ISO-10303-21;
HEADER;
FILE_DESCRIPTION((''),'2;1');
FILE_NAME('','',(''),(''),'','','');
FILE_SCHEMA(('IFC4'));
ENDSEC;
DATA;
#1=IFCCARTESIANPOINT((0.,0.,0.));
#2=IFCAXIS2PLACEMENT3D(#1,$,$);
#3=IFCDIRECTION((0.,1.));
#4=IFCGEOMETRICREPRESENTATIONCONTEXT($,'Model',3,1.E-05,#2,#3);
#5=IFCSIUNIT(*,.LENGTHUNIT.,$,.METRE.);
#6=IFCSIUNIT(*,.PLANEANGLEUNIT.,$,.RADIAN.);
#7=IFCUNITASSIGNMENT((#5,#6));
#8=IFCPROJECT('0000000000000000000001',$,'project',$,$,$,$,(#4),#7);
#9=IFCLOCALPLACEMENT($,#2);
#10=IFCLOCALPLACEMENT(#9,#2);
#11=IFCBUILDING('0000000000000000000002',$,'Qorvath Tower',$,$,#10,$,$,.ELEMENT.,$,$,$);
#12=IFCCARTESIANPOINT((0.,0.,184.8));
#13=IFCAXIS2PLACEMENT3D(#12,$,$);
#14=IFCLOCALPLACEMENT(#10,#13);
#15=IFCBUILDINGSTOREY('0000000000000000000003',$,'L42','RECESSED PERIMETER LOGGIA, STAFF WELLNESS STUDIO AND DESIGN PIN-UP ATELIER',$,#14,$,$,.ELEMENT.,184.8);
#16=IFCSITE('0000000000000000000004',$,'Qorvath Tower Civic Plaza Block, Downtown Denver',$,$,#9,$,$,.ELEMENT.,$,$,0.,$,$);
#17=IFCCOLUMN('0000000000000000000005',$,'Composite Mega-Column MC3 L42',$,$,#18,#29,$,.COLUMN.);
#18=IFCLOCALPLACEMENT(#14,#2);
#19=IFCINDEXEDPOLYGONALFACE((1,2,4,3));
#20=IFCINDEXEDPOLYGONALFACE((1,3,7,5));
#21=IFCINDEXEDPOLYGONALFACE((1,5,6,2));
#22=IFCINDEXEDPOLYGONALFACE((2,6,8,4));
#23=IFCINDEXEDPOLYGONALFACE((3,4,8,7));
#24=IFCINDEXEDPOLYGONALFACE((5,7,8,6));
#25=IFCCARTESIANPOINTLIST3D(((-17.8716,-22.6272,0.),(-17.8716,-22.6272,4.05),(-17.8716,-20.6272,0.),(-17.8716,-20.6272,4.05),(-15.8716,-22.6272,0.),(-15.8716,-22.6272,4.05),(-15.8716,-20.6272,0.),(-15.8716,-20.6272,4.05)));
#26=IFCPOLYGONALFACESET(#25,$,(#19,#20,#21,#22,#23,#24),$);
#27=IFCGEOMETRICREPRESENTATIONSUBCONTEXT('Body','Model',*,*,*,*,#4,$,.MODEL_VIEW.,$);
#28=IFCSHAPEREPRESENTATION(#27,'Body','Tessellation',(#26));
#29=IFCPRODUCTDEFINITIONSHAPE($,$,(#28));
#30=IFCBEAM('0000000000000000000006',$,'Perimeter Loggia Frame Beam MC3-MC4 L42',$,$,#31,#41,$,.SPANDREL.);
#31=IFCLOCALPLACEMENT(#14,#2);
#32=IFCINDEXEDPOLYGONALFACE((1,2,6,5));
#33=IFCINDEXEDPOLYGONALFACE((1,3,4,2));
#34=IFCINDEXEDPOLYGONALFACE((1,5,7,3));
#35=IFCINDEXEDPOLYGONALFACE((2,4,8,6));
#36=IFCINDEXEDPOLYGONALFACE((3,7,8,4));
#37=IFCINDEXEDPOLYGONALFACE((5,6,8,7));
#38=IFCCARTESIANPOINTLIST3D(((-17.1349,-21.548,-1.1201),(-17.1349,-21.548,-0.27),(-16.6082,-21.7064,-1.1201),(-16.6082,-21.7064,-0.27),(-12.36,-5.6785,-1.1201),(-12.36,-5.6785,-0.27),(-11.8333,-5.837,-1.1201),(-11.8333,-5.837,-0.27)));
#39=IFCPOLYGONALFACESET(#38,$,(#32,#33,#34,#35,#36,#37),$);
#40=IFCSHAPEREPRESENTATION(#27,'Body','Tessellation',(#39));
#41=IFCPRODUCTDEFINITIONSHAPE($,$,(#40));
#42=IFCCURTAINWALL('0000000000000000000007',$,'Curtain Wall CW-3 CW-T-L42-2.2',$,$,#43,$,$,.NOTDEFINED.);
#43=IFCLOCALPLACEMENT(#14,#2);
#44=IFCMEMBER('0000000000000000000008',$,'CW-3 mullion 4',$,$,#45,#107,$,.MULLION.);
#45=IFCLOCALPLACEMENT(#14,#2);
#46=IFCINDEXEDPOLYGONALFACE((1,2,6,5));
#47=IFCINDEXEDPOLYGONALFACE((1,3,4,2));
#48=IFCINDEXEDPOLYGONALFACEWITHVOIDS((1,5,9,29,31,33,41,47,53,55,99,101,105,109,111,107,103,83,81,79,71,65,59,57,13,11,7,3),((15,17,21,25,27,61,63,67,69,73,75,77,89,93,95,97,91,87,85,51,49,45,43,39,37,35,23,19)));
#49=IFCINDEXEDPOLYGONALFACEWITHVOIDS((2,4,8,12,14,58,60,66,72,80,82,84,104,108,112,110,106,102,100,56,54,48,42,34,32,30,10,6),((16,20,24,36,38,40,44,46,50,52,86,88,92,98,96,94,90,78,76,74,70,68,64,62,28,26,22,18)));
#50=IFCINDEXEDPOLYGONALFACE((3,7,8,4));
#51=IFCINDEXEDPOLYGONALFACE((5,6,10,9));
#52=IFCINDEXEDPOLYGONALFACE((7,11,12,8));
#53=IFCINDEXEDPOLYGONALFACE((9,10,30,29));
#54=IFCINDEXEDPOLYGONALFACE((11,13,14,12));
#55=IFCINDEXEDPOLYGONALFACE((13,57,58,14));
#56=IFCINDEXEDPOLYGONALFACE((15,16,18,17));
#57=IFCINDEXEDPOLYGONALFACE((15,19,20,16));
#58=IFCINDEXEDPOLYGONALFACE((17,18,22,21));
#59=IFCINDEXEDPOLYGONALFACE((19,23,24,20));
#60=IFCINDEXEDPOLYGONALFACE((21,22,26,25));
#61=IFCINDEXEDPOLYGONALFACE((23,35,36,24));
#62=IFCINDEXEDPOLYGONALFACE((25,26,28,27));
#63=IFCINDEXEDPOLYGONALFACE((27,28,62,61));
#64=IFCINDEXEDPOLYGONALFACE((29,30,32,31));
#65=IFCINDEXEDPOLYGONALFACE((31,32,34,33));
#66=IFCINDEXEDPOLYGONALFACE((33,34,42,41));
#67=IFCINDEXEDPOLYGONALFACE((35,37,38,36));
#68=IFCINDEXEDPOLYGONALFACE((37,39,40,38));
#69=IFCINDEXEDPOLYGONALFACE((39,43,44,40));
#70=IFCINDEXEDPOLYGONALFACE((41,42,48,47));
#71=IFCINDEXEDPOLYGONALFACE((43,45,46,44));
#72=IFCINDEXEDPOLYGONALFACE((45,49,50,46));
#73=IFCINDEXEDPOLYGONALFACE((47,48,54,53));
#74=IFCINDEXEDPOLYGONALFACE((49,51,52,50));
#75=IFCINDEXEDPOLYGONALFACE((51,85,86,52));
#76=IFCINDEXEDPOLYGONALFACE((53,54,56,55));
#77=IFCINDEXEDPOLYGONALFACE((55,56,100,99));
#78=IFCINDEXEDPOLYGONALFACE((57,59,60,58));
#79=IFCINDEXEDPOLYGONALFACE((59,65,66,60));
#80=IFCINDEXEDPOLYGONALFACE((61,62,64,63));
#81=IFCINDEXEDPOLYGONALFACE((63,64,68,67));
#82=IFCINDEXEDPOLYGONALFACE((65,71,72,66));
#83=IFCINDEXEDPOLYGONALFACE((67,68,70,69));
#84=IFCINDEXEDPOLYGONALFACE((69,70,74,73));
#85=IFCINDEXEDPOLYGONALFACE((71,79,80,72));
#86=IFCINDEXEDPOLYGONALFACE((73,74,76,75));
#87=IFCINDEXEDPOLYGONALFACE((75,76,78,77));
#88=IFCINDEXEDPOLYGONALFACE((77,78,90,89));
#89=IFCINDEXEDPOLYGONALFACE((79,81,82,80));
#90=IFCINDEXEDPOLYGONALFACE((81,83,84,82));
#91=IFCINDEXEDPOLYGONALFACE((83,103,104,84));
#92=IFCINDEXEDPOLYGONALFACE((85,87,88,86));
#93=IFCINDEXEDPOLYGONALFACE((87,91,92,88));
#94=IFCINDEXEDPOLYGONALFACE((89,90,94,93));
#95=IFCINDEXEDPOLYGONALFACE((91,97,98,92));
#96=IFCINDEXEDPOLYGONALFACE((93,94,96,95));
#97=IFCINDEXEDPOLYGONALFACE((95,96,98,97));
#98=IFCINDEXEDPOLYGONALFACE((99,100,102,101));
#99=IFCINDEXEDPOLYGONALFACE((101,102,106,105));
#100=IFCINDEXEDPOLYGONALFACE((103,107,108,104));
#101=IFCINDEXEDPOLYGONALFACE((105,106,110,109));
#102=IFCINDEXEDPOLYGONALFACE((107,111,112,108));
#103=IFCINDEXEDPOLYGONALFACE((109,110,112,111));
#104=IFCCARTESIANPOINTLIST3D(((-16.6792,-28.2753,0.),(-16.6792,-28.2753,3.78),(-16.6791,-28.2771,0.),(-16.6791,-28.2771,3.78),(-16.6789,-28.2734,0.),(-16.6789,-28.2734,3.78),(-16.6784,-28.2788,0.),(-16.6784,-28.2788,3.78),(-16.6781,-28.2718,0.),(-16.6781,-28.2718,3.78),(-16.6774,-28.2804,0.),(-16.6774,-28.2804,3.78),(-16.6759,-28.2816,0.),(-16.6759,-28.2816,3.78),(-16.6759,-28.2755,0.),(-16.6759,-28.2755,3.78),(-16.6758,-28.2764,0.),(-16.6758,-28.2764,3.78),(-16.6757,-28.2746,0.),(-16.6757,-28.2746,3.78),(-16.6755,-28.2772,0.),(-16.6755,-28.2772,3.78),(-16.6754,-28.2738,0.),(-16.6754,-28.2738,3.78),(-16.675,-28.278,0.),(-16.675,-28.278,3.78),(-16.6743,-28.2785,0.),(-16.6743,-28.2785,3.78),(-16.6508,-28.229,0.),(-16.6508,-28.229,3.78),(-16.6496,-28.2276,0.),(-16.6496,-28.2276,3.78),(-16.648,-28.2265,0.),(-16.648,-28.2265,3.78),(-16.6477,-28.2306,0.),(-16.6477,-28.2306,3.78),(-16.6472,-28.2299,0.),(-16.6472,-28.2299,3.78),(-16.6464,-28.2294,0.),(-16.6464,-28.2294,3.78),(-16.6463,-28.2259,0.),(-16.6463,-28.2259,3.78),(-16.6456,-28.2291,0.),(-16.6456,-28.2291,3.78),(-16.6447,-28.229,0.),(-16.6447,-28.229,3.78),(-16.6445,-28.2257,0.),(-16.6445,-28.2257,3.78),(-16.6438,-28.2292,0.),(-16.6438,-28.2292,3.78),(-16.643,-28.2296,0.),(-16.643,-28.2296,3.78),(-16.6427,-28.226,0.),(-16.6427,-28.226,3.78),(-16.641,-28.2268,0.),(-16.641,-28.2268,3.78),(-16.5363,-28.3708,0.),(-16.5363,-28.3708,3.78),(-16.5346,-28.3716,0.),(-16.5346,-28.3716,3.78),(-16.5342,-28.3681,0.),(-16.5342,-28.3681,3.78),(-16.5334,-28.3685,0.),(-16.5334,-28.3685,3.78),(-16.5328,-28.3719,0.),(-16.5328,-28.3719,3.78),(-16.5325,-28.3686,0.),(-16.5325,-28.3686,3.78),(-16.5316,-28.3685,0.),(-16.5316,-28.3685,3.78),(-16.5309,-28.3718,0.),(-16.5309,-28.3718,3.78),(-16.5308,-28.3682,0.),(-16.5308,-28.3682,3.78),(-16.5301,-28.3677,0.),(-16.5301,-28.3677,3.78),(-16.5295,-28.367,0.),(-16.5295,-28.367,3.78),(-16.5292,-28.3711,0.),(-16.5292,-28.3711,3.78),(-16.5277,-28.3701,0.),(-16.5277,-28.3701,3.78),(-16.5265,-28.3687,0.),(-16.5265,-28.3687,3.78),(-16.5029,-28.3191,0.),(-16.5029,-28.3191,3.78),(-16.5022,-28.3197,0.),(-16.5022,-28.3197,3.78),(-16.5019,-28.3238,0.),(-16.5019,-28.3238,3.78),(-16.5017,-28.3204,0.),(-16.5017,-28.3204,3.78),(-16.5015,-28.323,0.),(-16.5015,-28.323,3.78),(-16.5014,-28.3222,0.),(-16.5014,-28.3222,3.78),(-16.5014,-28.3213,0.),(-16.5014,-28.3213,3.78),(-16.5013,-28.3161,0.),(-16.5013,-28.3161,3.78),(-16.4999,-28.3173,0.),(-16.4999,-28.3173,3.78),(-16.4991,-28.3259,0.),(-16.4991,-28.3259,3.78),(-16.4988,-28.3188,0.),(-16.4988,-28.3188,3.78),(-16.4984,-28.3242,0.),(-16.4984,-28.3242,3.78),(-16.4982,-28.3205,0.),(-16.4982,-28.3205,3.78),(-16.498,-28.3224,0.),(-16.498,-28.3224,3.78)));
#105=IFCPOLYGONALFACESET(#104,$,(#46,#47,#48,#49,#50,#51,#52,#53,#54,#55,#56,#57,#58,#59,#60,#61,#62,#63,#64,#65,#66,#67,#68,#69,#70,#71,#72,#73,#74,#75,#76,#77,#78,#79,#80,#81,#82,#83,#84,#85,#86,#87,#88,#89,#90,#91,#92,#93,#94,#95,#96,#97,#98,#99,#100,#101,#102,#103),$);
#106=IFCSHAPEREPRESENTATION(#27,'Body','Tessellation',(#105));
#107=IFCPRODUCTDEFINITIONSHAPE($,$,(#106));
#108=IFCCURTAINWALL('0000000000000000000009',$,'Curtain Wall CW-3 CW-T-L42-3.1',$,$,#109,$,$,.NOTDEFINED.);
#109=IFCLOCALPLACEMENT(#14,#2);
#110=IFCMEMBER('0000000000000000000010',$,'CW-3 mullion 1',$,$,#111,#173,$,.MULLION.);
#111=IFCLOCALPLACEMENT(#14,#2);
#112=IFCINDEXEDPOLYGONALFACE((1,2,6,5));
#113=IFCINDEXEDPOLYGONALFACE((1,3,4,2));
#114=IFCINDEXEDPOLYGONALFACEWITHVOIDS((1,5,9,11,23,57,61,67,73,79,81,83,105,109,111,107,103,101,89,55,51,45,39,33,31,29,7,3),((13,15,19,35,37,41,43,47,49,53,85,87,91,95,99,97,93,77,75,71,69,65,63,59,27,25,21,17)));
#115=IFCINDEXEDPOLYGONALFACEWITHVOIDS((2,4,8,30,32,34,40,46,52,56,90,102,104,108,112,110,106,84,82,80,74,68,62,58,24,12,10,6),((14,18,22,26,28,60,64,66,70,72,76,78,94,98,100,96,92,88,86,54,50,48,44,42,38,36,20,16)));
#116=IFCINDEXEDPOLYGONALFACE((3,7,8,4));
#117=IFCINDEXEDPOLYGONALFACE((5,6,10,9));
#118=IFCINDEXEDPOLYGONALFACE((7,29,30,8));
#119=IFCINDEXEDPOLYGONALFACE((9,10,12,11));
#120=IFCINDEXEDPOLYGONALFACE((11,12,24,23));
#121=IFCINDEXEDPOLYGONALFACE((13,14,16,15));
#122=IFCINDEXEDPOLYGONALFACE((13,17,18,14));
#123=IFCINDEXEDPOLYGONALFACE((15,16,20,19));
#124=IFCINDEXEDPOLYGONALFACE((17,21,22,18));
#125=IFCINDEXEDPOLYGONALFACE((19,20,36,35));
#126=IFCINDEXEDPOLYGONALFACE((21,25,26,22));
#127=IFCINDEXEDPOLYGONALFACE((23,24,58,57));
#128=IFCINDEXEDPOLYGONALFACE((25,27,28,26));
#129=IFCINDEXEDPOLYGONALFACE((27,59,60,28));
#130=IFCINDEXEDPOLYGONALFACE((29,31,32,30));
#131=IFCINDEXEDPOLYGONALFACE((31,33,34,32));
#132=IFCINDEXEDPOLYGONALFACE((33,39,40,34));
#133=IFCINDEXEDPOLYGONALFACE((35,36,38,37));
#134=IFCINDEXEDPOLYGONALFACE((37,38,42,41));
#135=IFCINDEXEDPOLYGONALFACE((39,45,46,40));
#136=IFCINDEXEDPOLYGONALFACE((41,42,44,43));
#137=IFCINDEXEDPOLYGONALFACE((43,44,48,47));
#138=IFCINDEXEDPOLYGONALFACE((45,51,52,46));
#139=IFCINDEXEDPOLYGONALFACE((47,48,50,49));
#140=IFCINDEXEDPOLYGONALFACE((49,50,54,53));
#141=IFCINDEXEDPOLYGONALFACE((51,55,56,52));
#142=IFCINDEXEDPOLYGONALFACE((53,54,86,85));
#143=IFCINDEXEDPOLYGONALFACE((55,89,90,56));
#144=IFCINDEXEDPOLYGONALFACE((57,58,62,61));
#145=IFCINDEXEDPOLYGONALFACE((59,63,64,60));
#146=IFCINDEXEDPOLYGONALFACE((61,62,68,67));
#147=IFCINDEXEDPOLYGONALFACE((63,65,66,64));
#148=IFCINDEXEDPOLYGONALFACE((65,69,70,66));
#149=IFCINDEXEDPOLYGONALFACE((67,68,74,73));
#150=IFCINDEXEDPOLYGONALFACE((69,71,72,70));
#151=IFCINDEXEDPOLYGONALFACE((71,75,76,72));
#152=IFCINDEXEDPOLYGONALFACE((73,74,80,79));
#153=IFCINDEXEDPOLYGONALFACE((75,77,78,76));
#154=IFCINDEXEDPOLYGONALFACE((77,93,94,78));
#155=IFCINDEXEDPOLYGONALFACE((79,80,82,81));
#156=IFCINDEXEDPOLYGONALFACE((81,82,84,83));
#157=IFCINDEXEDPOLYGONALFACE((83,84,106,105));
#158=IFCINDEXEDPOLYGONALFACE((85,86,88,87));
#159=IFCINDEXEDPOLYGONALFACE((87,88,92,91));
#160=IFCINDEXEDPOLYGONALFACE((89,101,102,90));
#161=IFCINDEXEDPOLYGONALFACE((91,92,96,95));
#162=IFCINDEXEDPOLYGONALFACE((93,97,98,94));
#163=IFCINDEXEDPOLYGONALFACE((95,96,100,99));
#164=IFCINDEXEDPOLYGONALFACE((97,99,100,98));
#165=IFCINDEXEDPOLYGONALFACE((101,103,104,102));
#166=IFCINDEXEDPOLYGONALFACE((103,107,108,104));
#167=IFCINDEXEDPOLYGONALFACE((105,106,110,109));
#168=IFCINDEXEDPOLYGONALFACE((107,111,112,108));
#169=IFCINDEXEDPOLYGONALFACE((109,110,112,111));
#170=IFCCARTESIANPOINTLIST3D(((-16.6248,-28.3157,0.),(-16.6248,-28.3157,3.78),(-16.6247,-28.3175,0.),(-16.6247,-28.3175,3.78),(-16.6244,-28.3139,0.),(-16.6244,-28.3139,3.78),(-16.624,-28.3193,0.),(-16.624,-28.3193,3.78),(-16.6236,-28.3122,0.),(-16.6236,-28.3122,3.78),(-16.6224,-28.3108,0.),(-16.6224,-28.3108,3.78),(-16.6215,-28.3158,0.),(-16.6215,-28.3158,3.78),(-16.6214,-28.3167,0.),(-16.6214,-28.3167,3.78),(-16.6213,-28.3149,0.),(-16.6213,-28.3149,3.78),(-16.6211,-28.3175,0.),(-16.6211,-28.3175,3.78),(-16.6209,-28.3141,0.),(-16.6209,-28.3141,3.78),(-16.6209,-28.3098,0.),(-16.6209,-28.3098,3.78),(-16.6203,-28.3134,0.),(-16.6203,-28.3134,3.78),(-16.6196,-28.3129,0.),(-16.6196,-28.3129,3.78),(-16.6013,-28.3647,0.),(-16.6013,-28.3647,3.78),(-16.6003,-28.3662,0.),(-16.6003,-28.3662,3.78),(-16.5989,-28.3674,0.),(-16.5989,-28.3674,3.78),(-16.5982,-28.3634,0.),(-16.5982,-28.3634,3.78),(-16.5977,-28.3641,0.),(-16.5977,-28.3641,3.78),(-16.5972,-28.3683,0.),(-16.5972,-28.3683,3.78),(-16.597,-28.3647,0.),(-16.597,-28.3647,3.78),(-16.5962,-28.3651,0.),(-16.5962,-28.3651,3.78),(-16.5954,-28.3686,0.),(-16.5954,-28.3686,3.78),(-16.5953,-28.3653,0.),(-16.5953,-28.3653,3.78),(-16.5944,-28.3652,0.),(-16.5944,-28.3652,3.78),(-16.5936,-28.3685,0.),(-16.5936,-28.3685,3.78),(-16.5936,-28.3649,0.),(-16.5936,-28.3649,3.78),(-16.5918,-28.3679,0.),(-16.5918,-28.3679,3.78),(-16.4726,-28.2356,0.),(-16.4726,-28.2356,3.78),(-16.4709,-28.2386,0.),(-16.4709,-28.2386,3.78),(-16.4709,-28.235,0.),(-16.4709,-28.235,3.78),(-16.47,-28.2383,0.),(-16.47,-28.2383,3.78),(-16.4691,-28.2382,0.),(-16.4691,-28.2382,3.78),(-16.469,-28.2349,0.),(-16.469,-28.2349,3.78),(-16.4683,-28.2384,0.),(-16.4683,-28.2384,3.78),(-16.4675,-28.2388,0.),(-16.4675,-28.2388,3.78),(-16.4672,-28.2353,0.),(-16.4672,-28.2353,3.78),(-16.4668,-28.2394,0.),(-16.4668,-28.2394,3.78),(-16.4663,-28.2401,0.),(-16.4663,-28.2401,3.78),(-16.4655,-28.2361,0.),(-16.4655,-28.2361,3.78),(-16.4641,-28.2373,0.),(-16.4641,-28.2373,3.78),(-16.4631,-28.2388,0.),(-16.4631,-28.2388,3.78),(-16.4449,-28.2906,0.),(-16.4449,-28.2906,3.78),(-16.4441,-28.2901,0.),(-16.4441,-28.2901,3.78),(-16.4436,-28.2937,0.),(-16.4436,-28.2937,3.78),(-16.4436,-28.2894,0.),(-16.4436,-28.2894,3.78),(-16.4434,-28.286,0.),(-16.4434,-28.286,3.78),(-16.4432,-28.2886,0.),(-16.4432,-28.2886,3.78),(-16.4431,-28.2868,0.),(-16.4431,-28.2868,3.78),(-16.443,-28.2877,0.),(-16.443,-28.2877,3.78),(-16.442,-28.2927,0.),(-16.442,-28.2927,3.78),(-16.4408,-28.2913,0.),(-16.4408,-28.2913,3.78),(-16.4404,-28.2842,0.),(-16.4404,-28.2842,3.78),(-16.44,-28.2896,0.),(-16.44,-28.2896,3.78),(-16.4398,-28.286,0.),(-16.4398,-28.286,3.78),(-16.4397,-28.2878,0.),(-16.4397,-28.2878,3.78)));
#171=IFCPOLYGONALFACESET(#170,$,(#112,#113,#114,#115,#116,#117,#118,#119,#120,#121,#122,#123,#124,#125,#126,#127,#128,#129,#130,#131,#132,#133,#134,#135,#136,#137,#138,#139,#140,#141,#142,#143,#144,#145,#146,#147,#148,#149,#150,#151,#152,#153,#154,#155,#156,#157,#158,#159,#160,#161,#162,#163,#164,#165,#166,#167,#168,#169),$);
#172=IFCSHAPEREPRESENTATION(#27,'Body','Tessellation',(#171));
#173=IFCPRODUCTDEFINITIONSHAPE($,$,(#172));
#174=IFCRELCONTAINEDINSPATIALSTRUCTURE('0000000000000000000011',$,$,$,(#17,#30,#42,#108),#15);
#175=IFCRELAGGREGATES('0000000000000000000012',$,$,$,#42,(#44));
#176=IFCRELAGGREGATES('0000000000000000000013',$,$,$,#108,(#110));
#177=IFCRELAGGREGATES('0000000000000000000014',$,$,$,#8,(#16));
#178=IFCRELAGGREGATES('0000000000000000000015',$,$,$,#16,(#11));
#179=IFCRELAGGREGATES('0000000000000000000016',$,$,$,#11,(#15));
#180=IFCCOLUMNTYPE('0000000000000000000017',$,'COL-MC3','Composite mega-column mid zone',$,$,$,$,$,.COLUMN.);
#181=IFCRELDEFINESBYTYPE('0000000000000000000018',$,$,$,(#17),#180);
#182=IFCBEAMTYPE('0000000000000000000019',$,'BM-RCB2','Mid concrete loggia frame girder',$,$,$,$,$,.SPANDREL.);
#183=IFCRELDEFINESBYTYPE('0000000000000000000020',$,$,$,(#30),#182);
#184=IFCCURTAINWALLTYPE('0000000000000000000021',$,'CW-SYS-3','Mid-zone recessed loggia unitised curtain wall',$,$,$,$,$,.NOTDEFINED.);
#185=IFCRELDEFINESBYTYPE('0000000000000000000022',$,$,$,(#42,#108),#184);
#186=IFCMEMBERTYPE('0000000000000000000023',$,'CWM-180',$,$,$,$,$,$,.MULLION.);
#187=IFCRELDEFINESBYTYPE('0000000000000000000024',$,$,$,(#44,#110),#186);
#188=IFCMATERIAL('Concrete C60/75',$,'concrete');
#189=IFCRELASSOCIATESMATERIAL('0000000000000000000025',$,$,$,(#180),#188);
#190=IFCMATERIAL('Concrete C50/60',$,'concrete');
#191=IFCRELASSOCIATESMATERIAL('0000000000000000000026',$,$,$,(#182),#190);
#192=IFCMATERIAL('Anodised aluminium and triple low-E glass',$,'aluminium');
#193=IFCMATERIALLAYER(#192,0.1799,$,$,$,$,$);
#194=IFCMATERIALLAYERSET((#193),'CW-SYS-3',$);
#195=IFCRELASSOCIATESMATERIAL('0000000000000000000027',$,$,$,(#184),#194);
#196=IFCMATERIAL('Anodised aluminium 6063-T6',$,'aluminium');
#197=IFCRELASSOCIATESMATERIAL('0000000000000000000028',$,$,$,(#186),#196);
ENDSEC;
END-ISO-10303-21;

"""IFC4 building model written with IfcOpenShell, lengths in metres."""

from ifc_helpers import new_model, si_unit, direction, frame, origin, origin_2d, place, context, subcontext, project, spatial, rectangle, hollow_rectangle, extrude, material, layer, layer_set, material_profile, profile_set, type_object, element, aggregate, save


model = new_model("IFC4")

# Units and contexts
model_context = context("Model", 3, precision=1e-05, world=origin(), true_north=direction((0.0, 1.0)))
body_context = subcontext(model_context, "Body", "Model", "MODEL_VIEW")
ifc_project = project(units=[si_unit("LENGTHUNIT", "METRE"), si_unit("PLANEANGLEUNIT", "RADIAN")], contexts=[model_context])

# Site, building, storey
site_placement = place(None, origin())
site = spatial("IfcSite", under=ifc_project, at=site_placement, Name="Qorvath Tower Civic Plaza Block, Downtown Denver", CompositionType="ELEMENT", RefElevation=0.0)
building_placement = place(site_placement, origin())
building = spatial("IfcBuilding", under=site, at=building_placement, Name="Qorvath Tower", CompositionType="ELEMENT")
storey_placement = place(building_placement, frame((0.0, 0.0, 184.8)))
storey = spatial("IfcBuildingStorey", under=building, at=storey_placement, Name="L42", Description="RECESSED PERIMETER LOGGIA, STAFF WELLNESS STUDIO AND DESIGN PIN-UP ATELIER", CompositionType="ELEMENT", Elevation=184.8)

# Column
ifc_material_1 = material(Name="Concrete C60/75", Category="concrete")
ifc_material_profile_1 = material_profile(ifc_material_1, rectangle(XDim=2.0, YDim=2.0, at=origin_2d()), Name="MC 2000x2000")
ifc_profile_set_1 = profile_set([ifc_material_profile_1], Name="Concrete C60/75")
column_type = type_object("IfcColumnType", Name="COL-MC3", Description="Composite mega-column mid zone", PredefinedType="COLUMN", material=ifc_profile_set_1)
column_placement = place(storey_placement, frame((-16.8716, -21.6272, 0.0), z_axis=(0.0, 0.0, 1.0), x_axis=(1.0, 0.0, 0.0)))
element("IfcColumn", 1, at=column_placement, inside=storey, type_object=column_type, Name="Composite Mega-Column MC3 L42", PredefinedType="COLUMN", context=body_context, shape_type="SweptSolid", body=[
    extrude(rectangle(XDim=2.0, YDim=2.0, at=origin_2d()), origin(), (0.0, 0.0, 1.0), 4.05),
])

# Beam
ifc_material_2 = material(Name="Concrete C50/60", Category="concrete")
ifc_material_profile_2 = material_profile(ifc_material_2, rectangle(XDim=0.55, YDim=0.8501, at=origin_2d()), Name="RCB 850x550")
ifc_profile_set_2 = profile_set([ifc_material_profile_2], Name="Concrete C50/60")
beam_type = type_object("IfcBeamType", Name="BM-RCB2", Description="Mid concrete loggia frame girder", PredefinedType="SPANDREL", material=ifc_profile_set_2)
beam_placement = place(storey_placement, frame((-16.8716, -21.6272, -0.6951), z_axis=(0.288128, 0.957592, 0.0), x_axis=(-0.957592, 0.288128, 0.0)))
element("IfcBeam", 2, at=beam_placement, inside=storey, type_object=beam_type, Name="Perimeter Loggia Frame Beam MC3-MC4 L42", PredefinedType="SPANDREL", context=body_context, shape_type="SweptSolid", body=[
    extrude(rectangle(XDim=0.55, YDim=0.8501, at=origin_2d()), origin(), (0.0, 0.0, 1.0), 16.5723),
])

# Curtain wall, member
ifc_material_3 = material(Name="Anodised aluminium and triple low-E glass", Category="aluminium")
ifc_layer_1 = layer(ifc_material_3, 0.1799)
ifc_layer_set_1 = layer_set([ifc_layer_1], Name="CW-SYS-3")
curtain_wall_type = type_object("IfcCurtainWallType", Name="CW-SYS-3", Description="Mid-zone recessed loggia unitised curtain wall", PredefinedType="NOTDEFINED", material=ifc_layer_set_1)
curtain_wall_1_placement = place(storey_placement, origin())
curtain_wall_1 = element("IfcCurtainWall", 3, at=curtain_wall_1_placement, inside=storey, type_object=curtain_wall_type, Name="Curtain Wall CW-3 CW-T-L42-2.2", PredefinedType="NOTDEFINED")
ifc_material_4 = material(Name="Anodised aluminium 6063-T6", Category="aluminium")
ifc_material_profile_3 = material_profile(ifc_material_4, hollow_rectangle(XDim=0.0649, YDim=0.1799, WallThickness=0.0034, InnerFilletRadius=0.0034, OuterFilletRadius=0.0071, at=origin_2d()), Name="CWM 180x65")
ifc_profile_set_3 = profile_set([ifc_material_profile_3], Name="Anodised aluminium 6063-T6")
member_type_1 = type_object("IfcMemberType", Name="CWM-180", PredefinedType="MULLION", material=ifc_profile_set_3)
member_1_placement = place(storey_placement, frame((-16.5886, -28.2988, 0.0), z_axis=(0.0, 0.0, 1.0), x_axis=(0.538531, 0.842606, 0.0)))
member_1 = element("IfcMember", 4, at=member_1_placement, type_object=member_type_1, Name="CW-3 mullion 4", PredefinedType="MULLION", context=body_context, shape_type="SweptSolid", body=[
    extrude(hollow_rectangle(XDim=0.0649, YDim=0.1799, WallThickness=0.0034, InnerFilletRadius=0.0034, OuterFilletRadius=0.0071, at=origin_2d()), origin(), (0.0, 0.0, 1.0), 3.78),
])

# Curtain wall, member
curtain_wall_2_placement = place(storey_placement, origin())
curtain_wall_2 = element("IfcCurtainWall", 5, at=curtain_wall_2_placement, inside=storey, type_object=curtain_wall_type, Name="Curtain Wall CW-3 CW-T-L42-3.1", PredefinedType="NOTDEFINED")
member_2_placement = place(storey_placement, frame((-16.5322, -28.3018, 0.0), z_axis=(0.0, 0.0, 1.0), x_axis=(-0.447196, 0.894436, 0.0)))
member_2 = element("IfcMember", 6, at=member_2_placement, type_object=member_type_1, Name="CW-3 mullion 1", PredefinedType="MULLION", context=body_context, shape_type="SweptSolid", body=[
    extrude(hollow_rectangle(XDim=0.0649, YDim=0.1799, WallThickness=0.0034, InnerFilletRadius=0.0034, OuterFilletRadius=0.0071, at=origin_2d()), origin(), (0.0, 0.0, 1.0), 3.78),
])

aggregate(curtain_wall_1, [member_1])
aggregate(curtain_wall_2, [member_2])

save(model, "model.ifc")
